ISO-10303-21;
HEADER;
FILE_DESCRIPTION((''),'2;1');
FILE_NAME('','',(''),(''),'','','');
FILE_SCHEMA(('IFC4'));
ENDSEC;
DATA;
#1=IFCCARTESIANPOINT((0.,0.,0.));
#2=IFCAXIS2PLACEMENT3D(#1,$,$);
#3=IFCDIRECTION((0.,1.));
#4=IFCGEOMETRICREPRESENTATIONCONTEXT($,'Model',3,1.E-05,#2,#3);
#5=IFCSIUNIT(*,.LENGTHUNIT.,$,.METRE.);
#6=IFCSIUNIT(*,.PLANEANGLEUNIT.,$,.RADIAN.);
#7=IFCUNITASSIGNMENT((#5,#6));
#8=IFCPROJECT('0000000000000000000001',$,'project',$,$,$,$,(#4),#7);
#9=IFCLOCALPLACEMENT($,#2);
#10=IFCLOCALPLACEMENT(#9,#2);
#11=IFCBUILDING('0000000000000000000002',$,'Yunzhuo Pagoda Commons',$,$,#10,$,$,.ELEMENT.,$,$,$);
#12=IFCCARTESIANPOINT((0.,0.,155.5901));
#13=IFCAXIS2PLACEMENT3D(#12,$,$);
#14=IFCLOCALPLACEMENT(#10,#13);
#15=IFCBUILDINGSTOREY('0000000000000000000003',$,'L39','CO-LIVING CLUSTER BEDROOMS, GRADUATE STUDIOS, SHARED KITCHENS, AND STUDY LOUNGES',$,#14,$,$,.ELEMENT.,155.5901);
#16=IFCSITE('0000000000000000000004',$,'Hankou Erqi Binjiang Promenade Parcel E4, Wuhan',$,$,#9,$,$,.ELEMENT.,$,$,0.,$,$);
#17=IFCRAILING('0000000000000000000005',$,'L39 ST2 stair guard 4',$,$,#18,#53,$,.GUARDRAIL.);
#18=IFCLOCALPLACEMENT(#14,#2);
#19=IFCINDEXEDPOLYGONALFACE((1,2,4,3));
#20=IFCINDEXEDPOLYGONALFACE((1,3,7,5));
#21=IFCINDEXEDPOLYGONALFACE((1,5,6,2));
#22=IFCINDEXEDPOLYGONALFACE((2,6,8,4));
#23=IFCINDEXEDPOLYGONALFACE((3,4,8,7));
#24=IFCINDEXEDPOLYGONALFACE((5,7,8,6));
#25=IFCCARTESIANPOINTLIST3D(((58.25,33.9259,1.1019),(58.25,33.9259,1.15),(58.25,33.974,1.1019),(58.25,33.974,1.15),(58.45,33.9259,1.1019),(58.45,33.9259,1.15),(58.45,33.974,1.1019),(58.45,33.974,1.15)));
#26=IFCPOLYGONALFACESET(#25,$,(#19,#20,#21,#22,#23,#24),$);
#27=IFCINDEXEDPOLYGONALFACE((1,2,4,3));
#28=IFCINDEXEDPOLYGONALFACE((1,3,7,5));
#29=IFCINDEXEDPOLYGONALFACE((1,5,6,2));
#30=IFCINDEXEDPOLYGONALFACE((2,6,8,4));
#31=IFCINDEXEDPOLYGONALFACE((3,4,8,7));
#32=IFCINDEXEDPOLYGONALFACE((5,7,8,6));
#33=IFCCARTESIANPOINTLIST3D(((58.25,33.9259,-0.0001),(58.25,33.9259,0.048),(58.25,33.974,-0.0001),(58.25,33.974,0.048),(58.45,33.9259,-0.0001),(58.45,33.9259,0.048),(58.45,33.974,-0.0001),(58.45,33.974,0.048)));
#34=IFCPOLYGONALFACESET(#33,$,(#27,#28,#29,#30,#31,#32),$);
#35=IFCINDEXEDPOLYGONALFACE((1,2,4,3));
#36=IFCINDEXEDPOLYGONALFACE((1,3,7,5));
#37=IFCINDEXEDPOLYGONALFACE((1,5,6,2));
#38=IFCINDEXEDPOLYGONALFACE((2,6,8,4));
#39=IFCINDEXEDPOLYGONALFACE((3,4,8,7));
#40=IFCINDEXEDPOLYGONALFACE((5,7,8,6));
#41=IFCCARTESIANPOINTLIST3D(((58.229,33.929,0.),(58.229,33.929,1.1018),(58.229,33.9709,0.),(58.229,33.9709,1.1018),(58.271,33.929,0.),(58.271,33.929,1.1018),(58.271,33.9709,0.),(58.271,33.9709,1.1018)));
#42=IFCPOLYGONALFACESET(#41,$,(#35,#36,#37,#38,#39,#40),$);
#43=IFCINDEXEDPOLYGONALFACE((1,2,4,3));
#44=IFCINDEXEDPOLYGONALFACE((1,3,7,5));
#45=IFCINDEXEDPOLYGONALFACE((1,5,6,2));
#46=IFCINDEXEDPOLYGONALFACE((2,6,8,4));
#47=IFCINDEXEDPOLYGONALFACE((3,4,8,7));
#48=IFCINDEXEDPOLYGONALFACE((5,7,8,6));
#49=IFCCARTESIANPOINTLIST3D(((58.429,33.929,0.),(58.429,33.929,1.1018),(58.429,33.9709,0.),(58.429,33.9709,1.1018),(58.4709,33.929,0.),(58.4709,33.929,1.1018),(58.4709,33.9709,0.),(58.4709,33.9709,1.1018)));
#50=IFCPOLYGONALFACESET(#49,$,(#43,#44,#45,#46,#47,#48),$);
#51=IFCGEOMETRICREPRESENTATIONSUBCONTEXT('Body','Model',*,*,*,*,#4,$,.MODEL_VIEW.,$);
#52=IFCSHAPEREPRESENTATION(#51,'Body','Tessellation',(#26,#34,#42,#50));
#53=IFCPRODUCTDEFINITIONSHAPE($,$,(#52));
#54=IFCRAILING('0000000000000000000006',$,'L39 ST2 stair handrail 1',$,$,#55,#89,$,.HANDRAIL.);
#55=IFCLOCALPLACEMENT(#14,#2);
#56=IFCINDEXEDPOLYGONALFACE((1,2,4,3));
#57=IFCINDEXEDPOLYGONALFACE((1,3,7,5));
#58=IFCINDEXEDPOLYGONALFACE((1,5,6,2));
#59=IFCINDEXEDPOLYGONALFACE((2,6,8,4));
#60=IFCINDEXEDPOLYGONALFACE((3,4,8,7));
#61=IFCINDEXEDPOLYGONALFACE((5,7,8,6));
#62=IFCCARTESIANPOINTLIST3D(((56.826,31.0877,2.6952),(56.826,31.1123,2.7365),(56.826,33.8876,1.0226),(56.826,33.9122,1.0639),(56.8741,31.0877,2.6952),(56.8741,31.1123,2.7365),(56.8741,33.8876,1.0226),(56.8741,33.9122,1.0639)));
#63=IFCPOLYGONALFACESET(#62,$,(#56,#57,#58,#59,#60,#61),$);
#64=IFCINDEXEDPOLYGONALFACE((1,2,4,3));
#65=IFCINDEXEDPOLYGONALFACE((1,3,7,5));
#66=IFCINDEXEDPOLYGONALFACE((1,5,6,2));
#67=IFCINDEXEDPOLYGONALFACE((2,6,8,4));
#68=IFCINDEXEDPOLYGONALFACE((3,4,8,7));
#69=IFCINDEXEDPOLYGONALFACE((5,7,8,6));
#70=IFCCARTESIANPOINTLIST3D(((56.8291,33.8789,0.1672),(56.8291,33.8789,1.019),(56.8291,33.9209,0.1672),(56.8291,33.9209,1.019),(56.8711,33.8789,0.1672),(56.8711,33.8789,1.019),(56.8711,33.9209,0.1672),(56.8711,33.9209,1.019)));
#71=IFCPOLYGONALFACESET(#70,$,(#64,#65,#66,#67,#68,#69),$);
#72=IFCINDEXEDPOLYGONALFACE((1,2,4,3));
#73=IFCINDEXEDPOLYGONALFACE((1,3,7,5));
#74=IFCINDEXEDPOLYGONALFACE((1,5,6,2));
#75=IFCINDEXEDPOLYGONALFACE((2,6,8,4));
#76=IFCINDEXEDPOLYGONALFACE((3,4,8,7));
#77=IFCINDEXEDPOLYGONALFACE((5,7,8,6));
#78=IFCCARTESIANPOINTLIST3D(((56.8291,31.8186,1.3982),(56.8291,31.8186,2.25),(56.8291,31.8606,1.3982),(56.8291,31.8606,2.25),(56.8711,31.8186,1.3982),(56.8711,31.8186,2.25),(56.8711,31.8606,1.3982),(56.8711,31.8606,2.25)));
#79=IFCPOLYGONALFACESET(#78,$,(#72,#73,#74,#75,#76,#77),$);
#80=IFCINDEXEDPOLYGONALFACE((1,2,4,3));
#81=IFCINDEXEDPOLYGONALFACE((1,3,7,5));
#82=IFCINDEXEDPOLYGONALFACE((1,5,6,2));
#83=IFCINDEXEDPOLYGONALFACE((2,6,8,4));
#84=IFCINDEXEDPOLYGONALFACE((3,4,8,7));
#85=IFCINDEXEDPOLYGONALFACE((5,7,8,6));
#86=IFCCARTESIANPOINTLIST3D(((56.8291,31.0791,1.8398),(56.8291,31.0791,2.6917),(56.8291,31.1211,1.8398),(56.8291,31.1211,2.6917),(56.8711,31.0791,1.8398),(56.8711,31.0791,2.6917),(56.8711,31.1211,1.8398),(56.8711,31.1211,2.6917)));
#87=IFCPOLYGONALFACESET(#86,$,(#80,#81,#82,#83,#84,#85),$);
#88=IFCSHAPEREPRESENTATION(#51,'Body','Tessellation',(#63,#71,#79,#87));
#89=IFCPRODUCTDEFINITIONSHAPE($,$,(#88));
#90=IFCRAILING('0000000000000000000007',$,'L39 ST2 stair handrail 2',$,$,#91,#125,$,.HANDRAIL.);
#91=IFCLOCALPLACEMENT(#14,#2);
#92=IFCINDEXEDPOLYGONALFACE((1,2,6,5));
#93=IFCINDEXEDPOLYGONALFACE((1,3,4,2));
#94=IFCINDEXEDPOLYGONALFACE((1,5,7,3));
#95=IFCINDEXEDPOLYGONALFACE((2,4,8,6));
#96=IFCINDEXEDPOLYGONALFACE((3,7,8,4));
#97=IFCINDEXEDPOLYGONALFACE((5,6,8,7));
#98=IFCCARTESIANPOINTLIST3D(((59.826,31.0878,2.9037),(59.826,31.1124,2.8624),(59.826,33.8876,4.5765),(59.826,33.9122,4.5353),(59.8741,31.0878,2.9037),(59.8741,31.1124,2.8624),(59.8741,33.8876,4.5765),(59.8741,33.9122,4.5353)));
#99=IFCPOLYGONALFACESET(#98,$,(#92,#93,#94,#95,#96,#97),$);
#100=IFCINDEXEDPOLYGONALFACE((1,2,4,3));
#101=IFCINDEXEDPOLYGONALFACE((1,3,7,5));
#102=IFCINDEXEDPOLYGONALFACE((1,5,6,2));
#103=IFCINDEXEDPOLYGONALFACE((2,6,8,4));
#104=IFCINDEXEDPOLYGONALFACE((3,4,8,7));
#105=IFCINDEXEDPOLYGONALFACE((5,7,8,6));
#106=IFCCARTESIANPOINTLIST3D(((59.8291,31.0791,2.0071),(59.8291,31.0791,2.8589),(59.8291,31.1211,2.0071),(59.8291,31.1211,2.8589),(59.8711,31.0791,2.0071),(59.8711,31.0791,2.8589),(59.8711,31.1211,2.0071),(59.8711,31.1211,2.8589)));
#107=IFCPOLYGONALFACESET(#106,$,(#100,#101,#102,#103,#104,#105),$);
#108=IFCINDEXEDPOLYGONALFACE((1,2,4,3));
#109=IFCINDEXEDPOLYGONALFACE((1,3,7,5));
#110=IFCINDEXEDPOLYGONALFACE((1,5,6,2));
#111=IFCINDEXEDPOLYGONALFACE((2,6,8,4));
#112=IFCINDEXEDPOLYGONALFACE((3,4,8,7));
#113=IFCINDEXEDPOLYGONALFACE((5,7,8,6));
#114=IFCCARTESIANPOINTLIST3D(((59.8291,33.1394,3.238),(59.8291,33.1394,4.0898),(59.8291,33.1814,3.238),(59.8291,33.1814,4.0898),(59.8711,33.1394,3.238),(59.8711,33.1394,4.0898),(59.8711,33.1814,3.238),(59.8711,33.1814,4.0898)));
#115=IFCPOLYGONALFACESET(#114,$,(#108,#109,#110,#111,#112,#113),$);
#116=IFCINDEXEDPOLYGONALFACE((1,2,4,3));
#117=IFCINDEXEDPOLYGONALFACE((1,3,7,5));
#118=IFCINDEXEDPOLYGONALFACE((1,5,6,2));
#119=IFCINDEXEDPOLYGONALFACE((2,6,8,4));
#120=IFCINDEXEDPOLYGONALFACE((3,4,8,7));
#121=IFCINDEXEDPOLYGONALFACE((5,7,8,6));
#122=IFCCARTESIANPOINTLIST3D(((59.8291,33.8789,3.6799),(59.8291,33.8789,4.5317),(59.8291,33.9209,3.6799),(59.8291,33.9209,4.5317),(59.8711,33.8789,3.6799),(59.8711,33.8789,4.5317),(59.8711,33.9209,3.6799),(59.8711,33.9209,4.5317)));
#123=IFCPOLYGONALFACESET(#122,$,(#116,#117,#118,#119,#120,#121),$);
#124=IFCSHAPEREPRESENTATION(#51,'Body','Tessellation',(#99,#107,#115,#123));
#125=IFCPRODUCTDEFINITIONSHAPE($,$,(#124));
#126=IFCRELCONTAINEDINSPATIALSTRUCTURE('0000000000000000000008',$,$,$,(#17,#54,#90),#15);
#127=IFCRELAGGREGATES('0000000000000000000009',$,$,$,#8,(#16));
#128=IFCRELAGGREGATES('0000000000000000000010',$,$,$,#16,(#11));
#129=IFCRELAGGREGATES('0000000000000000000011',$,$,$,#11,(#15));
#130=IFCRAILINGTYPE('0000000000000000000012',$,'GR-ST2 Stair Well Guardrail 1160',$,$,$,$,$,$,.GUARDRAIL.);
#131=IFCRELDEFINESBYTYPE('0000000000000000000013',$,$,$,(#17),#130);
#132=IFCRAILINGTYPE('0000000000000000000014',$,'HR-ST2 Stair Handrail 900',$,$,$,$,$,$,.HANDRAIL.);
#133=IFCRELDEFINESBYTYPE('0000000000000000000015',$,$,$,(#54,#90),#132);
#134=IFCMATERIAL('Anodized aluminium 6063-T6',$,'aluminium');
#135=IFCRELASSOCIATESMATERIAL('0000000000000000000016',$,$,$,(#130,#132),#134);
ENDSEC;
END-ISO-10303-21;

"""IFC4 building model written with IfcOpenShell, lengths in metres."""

from ifc_helpers import new_model, si_unit, direction, frame, origin, origin_2d, place, context, subcontext, project, spatial, rectangle, extrude, material, type_object, element, save


model = new_model("IFC4")

# Units and contexts
model_context = context("Model", 3, precision=1e-05, world=origin(), true_north=direction((0.0, 1.0)))
body_context = subcontext(model_context, "Body", "Model", "MODEL_VIEW")
ifc_project = project(units=[si_unit("LENGTHUNIT", "METRE"), si_unit("PLANEANGLEUNIT", "RADIAN")], contexts=[model_context])

# Site, building, storey
site_placement = place(None, origin())
site = spatial("IfcSite", under=ifc_project, at=site_placement, Name="Hankou Erqi Binjiang Promenade Parcel E4, Wuhan", CompositionType="ELEMENT", RefElevation=0.0)
building_placement = place(site_placement, origin())
building = spatial("IfcBuilding", under=site, at=building_placement, Name="Yunzhuo Pagoda Commons", CompositionType="ELEMENT")
storey_placement = place(building_placement, frame((0.0, 0.0, 155.5901)))
storey = spatial("IfcBuildingStorey", under=building, at=storey_placement, Name="L39", Description="CO-LIVING CLUSTER BEDROOMS, GRADUATE STUDIOS, SHARED KITCHENS, AND STUDY LOUNGES", CompositionType="ELEMENT", Elevation=155.5901)

# Railings
ifc_material_1 = material(Name="Anodized aluminium 6063-T6", Category="aluminium")
railing_type_1 = type_object("IfcRailingType", Name="GR-ST2 Stair Well Guardrail 1160", PredefinedType="GUARDRAIL", material=ifc_material_1)
railing_1_placement = place(storey_placement, frame((58.25, 33.95, 0.0)))
element("IfcRailing", 1, at=railing_1_placement, inside=storey, type_object=railing_type_1, Name="L39 ST2 stair guard 4", PredefinedType="GUARDRAIL", context=body_context, shape_type="SweptSolid", body=[
    extrude(rectangle(XDim=0.0481, YDim=0.0481, at=origin_2d()), frame((0.0, 0.0, 1.126), z_axis=(1.0, 0.0, 0.0), x_axis=(0.0, 1.0, 0.0)), (0.0, 0.0, 1.0), 0.2),
    extrude(rectangle(XDim=0.0481, YDim=0.0481, at=origin_2d()), frame((0.0, 0.0, 0.0239), z_axis=(1.0, 0.0, 0.0), x_axis=(0.0, 1.0, 0.0)), (0.0, 0.0, 1.0), 0.2),
    extrude(rectangle(XDim=0.042, YDim=0.042, at=origin_2d()), origin(), (0.0, 0.0, 1.0), 1.1018),
    extrude(rectangle(XDim=0.042, YDim=0.042, at=origin_2d()), frame((0.2, 0.0, 0.0)), (0.0, 0.0, 1.0), 1.1018),
])
railing_type_2 = type_object("IfcRailingType", Name="HR-ST2 Stair Handrail 900", PredefinedType="HANDRAIL", material=ifc_material_1)
railing_2_placement = place(storey_placement, frame((56.8501, 33.8999, 0.1672)))
element("IfcRailing", 2, at=railing_2_placement, inside=storey, type_object=railing_type_2, Name="L39 ST2 stair handrail 1", PredefinedType="HANDRAIL", context=body_context, shape_type="SweptSolid", body=[
    extrude(rectangle(XDim=0.0481, YDim=0.0481, at=origin_2d()), frame((0.0, 0.0, 0.876), z_axis=(0.0, -0.858476, 0.512855), x_axis=(1.0, 0.0, 0.0)), (0.0, 0.0, 1.0), 3.2615),
    extrude(rectangle(XDim=0.042, YDim=0.042, at=origin_2d()), origin(), (0.0, 0.0, 1.0), 0.8518),
    extrude(rectangle(XDim=0.042, YDim=0.042, at=origin_2d()), frame((0.0, -2.0603, 1.231)), (0.0, 0.0, 1.0), 0.8518),
    extrude(rectangle(XDim=0.042, YDim=0.042, at=origin_2d()), frame((0.0, -2.7998, 1.6726)), (0.0, 0.0, 1.0), 0.8518),
])
railing_3_placement = place(storey_placement, frame((59.8501, 31.1001, 2.0071)))
element("IfcRailing", 3, at=railing_3_placement, inside=storey, type_object=railing_type_2, Name="L39 ST2 stair handrail 2", PredefinedType="HANDRAIL", context=body_context, shape_type="SweptSolid", body=[
    extrude(rectangle(XDim=0.0481, YDim=0.0481, at=origin_2d()), frame((0.0, 0.0, 0.876), z_axis=(0.0, 0.858443, 0.51291), x_axis=(-1.0, 0.0, 0.0)), (0.0, 0.0, 1.0), 3.2615),
    extrude(rectangle(XDim=0.042, YDim=0.042, at=origin_2d()), origin(), (0.0, 0.0, 1.0), 0.8518),
    extrude(rectangle(XDim=0.042, YDim=0.042, at=origin_2d()), frame((0.0, 2.0603, 1.231)), (0.0, 0.0, 1.0), 0.8518),
    extrude(rectangle(XDim=0.042, YDim=0.042, at=origin_2d()), frame((0.0, 2.7998, 1.6729)), (0.0, 0.0, 1.0), 0.8518),
])

save(model, "model.ifc")
